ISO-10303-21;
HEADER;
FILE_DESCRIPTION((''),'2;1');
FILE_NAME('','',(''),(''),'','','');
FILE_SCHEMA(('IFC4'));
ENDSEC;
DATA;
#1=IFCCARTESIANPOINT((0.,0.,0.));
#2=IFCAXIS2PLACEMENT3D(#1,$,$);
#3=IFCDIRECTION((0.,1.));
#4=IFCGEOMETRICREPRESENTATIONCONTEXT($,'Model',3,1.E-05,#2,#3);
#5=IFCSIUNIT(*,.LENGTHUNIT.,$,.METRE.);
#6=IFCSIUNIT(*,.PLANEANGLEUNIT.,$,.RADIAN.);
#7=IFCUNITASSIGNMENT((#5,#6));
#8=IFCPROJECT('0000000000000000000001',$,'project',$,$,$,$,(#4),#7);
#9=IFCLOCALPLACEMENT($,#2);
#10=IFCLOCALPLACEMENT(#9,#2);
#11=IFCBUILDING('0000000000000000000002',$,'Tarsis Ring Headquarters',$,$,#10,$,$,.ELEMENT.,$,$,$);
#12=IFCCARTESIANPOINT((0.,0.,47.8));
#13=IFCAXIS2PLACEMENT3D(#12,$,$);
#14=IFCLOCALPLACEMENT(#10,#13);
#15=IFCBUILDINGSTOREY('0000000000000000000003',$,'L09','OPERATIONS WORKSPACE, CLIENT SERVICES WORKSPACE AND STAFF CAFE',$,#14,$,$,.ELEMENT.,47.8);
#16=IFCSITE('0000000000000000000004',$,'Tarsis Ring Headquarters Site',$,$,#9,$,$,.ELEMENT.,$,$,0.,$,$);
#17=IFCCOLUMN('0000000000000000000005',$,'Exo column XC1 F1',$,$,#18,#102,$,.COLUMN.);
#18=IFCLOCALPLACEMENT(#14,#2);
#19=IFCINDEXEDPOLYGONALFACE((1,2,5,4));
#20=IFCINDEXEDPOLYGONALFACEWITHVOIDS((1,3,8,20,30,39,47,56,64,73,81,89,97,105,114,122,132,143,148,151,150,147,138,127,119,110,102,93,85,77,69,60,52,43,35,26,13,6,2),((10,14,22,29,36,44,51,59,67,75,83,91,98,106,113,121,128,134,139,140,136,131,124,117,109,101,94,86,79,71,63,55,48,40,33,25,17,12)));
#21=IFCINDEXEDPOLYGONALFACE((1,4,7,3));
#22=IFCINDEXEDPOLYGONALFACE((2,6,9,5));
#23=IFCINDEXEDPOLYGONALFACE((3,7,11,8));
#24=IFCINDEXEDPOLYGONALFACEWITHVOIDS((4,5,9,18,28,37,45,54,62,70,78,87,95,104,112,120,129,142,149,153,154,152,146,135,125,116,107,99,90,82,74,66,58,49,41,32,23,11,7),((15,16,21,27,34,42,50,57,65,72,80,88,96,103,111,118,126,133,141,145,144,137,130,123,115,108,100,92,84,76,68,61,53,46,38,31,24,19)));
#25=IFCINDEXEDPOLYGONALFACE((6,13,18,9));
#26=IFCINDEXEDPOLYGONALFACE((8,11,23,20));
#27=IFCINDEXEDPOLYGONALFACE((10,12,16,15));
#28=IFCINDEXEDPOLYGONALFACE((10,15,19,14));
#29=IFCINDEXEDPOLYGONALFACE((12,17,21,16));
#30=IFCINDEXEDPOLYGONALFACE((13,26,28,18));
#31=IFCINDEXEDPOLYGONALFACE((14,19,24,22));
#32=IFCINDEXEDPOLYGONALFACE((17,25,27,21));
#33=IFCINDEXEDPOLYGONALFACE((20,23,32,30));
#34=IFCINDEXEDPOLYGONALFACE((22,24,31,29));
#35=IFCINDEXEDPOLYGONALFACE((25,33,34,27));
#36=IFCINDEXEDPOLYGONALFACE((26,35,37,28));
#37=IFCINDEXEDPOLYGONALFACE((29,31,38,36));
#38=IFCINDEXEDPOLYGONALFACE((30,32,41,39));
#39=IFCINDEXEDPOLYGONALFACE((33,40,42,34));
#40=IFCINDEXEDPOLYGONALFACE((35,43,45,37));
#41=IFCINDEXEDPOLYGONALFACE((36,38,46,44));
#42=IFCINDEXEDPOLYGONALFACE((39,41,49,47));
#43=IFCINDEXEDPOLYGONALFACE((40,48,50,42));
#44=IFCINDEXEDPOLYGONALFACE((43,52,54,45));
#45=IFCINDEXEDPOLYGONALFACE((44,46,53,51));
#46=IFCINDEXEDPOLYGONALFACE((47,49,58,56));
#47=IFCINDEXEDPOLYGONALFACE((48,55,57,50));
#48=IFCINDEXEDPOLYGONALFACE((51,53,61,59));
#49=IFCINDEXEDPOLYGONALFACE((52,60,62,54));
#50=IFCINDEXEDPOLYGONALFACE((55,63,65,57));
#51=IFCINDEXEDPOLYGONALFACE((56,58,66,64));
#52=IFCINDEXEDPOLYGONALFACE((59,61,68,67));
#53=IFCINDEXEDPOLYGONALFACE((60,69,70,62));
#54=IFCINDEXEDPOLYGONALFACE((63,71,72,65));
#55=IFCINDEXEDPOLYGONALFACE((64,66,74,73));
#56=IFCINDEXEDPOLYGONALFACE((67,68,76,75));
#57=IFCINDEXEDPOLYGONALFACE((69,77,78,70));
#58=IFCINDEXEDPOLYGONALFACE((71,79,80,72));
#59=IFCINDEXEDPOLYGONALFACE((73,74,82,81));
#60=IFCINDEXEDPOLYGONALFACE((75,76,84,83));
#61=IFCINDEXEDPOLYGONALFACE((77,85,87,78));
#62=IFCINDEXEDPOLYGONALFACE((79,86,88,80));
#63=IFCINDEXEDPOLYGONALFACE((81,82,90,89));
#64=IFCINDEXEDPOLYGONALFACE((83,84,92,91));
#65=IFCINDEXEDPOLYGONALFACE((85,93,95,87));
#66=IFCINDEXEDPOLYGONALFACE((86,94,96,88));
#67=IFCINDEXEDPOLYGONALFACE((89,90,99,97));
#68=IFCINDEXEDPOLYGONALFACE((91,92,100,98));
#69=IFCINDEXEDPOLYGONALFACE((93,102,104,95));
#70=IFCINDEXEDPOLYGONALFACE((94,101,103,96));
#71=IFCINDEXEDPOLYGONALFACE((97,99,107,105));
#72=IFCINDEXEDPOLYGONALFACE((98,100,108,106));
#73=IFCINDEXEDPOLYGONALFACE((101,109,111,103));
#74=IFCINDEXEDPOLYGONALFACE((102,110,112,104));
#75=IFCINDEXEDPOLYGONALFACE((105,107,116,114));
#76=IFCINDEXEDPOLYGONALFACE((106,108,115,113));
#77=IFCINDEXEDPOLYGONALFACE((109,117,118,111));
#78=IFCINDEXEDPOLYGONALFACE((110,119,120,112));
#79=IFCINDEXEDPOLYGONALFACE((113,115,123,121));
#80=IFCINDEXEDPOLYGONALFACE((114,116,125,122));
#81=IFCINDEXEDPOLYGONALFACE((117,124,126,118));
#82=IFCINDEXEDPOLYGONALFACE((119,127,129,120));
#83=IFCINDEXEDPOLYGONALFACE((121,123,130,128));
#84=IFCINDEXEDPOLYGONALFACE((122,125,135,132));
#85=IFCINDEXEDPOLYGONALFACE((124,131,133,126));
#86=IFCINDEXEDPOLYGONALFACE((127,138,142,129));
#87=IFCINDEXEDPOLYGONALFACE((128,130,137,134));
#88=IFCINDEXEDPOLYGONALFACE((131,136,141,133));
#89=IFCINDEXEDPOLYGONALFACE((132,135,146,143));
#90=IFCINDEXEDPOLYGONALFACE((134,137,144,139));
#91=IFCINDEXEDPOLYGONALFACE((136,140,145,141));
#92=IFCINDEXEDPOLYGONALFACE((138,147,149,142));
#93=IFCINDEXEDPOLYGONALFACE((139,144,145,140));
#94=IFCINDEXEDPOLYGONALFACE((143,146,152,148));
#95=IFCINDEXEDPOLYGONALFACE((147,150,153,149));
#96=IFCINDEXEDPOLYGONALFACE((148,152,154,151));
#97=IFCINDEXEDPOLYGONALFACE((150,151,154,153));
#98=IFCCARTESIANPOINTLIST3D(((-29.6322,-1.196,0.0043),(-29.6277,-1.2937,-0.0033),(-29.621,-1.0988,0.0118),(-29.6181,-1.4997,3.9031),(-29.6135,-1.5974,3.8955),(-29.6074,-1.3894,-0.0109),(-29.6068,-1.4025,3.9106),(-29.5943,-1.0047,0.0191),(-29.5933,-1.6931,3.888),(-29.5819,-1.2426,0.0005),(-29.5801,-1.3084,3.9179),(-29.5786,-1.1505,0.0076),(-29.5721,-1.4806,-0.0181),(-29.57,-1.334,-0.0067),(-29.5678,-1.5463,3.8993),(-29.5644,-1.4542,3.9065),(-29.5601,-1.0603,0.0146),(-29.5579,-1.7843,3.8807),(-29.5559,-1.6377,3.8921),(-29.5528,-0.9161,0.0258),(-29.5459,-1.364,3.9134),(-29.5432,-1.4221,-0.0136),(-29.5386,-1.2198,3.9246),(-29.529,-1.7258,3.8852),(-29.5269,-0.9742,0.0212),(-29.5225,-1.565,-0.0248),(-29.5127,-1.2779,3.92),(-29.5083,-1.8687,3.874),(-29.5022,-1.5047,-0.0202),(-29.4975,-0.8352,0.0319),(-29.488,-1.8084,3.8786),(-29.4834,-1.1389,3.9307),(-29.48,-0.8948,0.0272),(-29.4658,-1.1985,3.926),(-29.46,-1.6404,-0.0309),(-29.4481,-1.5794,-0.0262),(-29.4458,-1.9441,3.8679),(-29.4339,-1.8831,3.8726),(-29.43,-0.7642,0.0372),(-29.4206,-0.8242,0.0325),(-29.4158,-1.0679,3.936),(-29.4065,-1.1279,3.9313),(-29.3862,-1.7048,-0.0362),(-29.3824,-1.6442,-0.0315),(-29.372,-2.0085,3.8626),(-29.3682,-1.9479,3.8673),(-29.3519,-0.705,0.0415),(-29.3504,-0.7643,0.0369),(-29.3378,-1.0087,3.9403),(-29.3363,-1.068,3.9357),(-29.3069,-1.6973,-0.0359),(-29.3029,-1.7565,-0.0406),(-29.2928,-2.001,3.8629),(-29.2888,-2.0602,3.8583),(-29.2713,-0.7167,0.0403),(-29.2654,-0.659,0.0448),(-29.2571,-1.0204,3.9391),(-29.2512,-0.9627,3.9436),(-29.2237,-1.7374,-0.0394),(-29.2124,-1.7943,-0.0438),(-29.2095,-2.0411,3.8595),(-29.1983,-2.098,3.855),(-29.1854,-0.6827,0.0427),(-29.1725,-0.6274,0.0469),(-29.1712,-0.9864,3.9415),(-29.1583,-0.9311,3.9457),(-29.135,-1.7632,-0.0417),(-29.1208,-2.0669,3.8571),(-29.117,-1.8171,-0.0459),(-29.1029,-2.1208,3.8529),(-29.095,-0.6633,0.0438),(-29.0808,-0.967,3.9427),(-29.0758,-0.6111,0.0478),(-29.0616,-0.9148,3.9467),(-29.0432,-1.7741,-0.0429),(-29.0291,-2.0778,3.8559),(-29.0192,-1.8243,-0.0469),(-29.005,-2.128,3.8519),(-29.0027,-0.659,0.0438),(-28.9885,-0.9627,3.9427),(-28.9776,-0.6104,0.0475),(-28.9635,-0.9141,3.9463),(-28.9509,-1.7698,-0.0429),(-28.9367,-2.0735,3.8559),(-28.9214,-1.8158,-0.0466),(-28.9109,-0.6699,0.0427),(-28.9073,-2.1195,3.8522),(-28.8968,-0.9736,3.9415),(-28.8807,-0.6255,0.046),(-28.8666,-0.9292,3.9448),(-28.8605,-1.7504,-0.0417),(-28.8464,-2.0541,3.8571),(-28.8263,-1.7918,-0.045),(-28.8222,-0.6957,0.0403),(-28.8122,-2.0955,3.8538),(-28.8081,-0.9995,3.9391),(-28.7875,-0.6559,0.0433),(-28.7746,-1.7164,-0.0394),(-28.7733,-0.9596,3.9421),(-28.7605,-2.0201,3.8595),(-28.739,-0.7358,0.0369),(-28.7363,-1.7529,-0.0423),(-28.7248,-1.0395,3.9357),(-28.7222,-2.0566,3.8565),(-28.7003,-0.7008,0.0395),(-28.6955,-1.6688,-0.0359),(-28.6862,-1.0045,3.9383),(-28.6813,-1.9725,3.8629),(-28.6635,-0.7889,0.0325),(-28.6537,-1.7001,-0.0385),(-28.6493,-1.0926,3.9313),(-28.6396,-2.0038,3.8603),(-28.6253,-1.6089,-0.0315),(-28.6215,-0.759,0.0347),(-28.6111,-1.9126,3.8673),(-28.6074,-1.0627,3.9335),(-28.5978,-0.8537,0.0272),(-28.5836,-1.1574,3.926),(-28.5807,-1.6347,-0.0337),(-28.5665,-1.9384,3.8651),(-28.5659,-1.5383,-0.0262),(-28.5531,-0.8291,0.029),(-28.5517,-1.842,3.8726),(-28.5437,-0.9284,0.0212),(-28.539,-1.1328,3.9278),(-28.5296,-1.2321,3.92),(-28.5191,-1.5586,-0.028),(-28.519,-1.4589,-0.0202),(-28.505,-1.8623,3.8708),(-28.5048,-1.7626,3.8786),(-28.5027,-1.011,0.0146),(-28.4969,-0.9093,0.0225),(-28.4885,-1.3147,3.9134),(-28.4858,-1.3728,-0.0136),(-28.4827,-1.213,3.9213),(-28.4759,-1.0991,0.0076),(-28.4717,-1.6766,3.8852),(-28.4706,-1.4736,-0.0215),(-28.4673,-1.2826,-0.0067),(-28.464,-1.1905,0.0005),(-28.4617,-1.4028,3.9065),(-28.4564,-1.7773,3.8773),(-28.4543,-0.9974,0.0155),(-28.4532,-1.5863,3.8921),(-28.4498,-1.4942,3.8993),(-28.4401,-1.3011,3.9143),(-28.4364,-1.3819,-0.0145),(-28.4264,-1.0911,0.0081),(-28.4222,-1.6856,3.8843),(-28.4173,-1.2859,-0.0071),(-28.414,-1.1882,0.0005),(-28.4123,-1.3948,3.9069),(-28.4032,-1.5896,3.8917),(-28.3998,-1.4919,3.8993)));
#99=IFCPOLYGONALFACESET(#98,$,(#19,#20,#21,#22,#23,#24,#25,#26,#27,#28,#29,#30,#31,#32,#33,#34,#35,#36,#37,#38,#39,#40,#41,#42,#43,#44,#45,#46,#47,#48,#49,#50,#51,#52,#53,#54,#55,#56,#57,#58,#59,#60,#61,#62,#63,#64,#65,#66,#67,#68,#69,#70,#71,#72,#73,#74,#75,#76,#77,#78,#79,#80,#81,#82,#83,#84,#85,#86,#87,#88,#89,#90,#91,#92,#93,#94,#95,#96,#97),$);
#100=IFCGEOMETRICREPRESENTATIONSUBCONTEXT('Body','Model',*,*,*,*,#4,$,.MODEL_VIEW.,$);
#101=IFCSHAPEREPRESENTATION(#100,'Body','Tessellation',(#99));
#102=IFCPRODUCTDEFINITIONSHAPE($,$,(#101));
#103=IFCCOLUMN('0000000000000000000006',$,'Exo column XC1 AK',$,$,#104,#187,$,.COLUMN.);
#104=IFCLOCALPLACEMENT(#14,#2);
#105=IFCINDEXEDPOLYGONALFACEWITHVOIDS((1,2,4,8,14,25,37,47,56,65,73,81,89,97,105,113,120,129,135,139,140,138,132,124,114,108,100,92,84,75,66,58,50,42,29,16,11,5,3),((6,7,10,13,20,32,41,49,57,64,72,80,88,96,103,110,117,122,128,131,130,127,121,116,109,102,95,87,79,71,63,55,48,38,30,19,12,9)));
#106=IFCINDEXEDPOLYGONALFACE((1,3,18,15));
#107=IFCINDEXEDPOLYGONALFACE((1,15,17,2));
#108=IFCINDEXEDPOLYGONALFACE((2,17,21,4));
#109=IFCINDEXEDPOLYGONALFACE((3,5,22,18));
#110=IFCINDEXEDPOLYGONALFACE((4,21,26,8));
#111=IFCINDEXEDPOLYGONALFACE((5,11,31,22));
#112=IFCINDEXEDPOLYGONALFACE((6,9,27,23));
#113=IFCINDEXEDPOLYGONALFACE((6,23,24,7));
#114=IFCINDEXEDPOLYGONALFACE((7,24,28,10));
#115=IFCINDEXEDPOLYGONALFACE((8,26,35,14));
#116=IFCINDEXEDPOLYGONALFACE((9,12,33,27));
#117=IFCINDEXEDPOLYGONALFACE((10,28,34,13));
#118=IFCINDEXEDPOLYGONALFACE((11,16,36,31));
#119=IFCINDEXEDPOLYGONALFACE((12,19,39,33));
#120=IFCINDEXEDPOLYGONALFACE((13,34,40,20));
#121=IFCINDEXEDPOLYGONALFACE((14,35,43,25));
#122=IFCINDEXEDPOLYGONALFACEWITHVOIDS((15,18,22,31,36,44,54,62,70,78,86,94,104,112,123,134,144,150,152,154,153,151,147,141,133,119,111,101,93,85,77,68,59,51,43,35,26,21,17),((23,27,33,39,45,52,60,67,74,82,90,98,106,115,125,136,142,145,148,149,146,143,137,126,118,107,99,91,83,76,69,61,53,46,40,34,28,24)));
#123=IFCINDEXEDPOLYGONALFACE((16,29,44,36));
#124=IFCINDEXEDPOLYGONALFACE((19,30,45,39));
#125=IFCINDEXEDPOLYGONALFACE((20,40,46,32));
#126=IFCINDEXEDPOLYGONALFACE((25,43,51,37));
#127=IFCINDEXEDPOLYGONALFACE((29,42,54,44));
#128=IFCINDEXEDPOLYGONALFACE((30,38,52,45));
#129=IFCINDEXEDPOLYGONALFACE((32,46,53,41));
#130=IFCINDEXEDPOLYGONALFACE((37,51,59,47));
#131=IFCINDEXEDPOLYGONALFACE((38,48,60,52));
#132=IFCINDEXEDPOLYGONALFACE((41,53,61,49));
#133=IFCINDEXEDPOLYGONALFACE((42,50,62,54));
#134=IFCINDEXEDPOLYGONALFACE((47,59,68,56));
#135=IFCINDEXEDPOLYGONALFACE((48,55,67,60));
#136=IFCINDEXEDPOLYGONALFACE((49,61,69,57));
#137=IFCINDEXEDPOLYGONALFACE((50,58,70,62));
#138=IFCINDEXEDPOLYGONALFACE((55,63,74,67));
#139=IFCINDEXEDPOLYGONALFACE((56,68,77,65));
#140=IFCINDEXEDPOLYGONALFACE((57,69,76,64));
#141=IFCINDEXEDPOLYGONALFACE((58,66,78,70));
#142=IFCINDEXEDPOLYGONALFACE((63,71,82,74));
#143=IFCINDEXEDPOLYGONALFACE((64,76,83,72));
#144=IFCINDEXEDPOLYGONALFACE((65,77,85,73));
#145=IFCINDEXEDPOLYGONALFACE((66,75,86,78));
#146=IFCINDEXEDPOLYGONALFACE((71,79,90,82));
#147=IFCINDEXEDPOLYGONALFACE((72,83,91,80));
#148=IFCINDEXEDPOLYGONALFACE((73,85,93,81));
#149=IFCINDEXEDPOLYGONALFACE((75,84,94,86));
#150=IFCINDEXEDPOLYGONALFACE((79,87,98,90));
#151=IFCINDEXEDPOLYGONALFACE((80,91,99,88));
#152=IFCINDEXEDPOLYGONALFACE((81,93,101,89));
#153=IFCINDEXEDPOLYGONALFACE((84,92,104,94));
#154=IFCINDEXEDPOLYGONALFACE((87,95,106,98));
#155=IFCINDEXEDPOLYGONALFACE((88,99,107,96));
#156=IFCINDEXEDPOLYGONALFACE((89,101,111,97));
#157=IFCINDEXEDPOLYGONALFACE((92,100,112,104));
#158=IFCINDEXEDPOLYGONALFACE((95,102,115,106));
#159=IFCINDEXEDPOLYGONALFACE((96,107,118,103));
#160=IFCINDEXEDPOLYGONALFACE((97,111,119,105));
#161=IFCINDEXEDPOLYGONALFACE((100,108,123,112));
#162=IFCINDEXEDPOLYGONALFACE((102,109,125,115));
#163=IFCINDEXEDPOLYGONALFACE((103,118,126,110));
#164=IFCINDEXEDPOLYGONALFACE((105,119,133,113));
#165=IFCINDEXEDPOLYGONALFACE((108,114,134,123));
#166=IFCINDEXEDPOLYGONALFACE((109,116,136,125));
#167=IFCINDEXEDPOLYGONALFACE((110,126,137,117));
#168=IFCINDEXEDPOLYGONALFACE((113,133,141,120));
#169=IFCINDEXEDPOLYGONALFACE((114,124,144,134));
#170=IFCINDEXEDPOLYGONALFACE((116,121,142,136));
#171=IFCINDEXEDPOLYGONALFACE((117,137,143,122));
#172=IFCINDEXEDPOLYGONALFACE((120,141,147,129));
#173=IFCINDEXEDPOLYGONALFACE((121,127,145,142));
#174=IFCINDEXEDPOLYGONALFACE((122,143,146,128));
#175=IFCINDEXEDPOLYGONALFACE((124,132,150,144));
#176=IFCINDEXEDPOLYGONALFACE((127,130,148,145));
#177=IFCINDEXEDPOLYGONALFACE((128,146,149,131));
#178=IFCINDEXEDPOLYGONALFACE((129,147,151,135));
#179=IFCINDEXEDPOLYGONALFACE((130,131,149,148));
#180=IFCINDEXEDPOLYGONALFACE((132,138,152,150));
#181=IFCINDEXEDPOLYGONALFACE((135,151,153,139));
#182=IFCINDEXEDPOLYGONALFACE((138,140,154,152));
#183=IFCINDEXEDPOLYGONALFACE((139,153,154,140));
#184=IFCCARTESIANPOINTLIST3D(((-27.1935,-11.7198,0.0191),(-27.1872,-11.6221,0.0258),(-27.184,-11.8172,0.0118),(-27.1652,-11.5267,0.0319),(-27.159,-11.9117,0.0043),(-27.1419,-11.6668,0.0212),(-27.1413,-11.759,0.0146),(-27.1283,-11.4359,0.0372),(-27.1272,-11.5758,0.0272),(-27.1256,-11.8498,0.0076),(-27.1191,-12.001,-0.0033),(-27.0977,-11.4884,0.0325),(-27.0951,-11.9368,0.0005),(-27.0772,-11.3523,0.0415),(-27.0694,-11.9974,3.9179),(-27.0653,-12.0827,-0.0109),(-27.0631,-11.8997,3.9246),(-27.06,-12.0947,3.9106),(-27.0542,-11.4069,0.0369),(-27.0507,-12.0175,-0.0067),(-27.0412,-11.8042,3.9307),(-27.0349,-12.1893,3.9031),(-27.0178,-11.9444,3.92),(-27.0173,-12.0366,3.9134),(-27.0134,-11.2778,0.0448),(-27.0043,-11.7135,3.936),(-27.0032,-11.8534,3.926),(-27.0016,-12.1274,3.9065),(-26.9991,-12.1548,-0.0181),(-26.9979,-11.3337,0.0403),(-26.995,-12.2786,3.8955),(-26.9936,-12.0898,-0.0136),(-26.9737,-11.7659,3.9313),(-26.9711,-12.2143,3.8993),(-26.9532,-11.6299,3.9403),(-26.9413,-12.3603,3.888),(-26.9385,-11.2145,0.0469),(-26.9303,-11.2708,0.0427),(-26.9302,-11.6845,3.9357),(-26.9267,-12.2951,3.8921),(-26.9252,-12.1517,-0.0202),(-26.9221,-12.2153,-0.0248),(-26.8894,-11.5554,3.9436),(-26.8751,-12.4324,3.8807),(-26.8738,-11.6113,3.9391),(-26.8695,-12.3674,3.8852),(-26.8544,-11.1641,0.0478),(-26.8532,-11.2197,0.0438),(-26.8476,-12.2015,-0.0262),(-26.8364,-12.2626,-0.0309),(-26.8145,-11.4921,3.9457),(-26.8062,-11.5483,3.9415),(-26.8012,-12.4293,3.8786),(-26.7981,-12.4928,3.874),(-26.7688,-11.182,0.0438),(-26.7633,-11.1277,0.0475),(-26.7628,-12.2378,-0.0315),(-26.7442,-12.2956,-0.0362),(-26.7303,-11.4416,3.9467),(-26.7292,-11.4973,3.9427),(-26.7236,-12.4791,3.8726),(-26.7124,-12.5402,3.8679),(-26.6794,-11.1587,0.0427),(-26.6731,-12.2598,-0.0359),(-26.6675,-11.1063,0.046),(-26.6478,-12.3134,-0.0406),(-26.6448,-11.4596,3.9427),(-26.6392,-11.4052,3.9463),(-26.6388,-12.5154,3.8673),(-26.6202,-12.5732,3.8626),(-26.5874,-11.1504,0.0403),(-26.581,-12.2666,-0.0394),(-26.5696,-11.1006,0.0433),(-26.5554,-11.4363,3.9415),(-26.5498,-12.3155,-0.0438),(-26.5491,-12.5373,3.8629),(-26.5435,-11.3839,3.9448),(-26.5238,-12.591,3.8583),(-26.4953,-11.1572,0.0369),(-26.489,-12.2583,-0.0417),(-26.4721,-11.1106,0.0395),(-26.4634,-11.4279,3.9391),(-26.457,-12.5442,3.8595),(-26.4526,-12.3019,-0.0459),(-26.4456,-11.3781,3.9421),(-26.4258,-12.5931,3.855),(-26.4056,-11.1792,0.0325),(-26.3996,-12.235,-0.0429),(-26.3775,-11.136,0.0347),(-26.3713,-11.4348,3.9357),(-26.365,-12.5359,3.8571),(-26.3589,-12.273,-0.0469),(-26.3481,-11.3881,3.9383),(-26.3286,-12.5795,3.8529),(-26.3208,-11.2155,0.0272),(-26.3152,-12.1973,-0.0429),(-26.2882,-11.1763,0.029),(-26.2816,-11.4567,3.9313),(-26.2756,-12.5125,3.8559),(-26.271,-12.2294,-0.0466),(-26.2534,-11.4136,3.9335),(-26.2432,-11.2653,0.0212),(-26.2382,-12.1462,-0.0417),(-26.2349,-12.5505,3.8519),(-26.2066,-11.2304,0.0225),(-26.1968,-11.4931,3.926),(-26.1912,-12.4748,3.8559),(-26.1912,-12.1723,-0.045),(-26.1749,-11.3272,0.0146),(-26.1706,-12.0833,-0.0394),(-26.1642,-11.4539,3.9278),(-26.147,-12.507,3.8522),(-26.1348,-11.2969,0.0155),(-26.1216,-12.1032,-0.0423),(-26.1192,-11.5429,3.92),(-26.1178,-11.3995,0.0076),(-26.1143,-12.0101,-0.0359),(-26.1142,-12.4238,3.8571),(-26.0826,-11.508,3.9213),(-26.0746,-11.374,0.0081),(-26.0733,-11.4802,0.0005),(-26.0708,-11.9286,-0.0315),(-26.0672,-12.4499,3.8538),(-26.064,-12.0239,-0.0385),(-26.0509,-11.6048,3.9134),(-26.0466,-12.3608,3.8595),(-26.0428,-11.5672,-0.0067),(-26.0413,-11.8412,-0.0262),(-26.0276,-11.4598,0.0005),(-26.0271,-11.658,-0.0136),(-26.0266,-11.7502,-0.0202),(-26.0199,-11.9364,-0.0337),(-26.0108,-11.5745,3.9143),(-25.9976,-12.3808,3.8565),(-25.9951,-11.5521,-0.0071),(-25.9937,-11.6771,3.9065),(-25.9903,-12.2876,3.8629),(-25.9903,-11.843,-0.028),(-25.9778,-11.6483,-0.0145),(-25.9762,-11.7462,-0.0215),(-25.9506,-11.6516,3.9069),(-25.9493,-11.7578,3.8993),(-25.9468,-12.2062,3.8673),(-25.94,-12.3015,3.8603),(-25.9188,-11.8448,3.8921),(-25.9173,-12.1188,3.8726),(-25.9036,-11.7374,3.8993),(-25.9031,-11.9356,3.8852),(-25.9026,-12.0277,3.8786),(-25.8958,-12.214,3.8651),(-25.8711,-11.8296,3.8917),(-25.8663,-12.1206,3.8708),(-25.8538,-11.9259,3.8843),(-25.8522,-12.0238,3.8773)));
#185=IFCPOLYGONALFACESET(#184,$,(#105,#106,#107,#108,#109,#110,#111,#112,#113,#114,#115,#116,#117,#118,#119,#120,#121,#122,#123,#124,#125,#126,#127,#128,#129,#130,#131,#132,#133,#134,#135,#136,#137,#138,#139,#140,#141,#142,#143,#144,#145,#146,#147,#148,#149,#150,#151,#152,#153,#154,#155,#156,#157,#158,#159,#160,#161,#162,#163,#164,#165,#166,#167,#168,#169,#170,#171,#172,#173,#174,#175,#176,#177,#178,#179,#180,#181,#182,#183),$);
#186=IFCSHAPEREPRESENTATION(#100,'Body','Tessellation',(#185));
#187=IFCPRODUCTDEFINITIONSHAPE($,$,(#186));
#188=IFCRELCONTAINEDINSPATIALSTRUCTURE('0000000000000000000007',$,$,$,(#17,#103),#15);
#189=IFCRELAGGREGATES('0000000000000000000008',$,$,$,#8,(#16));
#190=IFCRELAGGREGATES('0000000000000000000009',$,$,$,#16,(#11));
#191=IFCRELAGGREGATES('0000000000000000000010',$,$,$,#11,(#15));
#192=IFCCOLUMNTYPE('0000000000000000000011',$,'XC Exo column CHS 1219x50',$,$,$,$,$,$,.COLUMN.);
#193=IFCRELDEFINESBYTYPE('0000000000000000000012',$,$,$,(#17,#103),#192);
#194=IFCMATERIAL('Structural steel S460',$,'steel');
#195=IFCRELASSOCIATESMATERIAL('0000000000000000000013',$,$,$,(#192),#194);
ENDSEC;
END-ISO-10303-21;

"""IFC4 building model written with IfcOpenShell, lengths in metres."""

from ifc_helpers import new_model, si_unit, direction, frame, origin, origin_2d, place, context, subcontext, project, spatial, hollow_circle, extrude, material, material_profile, profile_set, type_object, element, save


model = new_model("IFC4")

# Units and contexts
model_context = context("Model", 3, precision=1e-05, world=origin(), true_north=direction((0.0, 1.0)))
body_context = subcontext(model_context, "Body", "Model", "MODEL_VIEW")
ifc_project = project(units=[si_unit("LENGTHUNIT", "METRE"), si_unit("PLANEANGLEUNIT", "RADIAN")], contexts=[model_context])

# Site, building, storey
site_placement = place(None, origin())
site = spatial("IfcSite", under=ifc_project, at=site_placement, Name="Tarsis Ring Headquarters Site", CompositionType="ELEMENT", RefElevation=0.0)
building_placement = place(site_placement, origin())
building = spatial("IfcBuilding", under=site, at=building_placement, Name="Tarsis Ring Headquarters", CompositionType="ELEMENT")
storey_placement = place(building_placement, frame((0.0, 0.0, 47.8)))
storey = spatial("IfcBuildingStorey", under=building, at=storey_placement, Name="L09", Description="OPERATIONS WORKSPACE, CLIENT SERVICES WORKSPACE AND STAFF CAFE", CompositionType="ELEMENT", Elevation=47.8)

# Columns
ifc_material_1 = material(Name="Structural steel S460", Category="steel")
ifc_material_profile_1 = material_profile(ifc_material_1, hollow_circle(Radius=0.6096, WallThickness=0.05, at=origin_2d()), Name="CHS 1219x50")
ifc_profile_set_1 = profile_set([ifc_material_profile_1], Name="Structural steel S460")
column_type = type_object("IfcColumnType", Name="XC Exo column CHS 1219x50", PredefinedType="COLUMN", material=ifc_profile_set_1)
for number, where, z_axis, x_axis, name in (
    (1, (-29.0229, -1.2166, 0.0005), (0.003621, -0.07766, 0.996973), (0.998915, 0.046573, 0.0), "Exo column XC1 F1"),
    (2, (-26.5842, -11.7085, 0.0005), (0.031713, -0.070981, 0.996973), (0.913015, 0.407926, 0.0), "Exo column XC1 AK"),
):
    element("IfcColumn", number, at=place(storey_placement, frame(where, z_axis=z_axis, x_axis=x_axis)), inside=storey, type_object=column_type, Name=name, PredefinedType="COLUMN", context=body_context, shape_type="SweptSolid", body=[
        extrude(hollow_circle(Radius=0.6096, WallThickness=0.05, at=origin_2d()), origin(), (0.0, 0.0, 1.0), 3.9106),
    ])

save(model, "model.ifc")
